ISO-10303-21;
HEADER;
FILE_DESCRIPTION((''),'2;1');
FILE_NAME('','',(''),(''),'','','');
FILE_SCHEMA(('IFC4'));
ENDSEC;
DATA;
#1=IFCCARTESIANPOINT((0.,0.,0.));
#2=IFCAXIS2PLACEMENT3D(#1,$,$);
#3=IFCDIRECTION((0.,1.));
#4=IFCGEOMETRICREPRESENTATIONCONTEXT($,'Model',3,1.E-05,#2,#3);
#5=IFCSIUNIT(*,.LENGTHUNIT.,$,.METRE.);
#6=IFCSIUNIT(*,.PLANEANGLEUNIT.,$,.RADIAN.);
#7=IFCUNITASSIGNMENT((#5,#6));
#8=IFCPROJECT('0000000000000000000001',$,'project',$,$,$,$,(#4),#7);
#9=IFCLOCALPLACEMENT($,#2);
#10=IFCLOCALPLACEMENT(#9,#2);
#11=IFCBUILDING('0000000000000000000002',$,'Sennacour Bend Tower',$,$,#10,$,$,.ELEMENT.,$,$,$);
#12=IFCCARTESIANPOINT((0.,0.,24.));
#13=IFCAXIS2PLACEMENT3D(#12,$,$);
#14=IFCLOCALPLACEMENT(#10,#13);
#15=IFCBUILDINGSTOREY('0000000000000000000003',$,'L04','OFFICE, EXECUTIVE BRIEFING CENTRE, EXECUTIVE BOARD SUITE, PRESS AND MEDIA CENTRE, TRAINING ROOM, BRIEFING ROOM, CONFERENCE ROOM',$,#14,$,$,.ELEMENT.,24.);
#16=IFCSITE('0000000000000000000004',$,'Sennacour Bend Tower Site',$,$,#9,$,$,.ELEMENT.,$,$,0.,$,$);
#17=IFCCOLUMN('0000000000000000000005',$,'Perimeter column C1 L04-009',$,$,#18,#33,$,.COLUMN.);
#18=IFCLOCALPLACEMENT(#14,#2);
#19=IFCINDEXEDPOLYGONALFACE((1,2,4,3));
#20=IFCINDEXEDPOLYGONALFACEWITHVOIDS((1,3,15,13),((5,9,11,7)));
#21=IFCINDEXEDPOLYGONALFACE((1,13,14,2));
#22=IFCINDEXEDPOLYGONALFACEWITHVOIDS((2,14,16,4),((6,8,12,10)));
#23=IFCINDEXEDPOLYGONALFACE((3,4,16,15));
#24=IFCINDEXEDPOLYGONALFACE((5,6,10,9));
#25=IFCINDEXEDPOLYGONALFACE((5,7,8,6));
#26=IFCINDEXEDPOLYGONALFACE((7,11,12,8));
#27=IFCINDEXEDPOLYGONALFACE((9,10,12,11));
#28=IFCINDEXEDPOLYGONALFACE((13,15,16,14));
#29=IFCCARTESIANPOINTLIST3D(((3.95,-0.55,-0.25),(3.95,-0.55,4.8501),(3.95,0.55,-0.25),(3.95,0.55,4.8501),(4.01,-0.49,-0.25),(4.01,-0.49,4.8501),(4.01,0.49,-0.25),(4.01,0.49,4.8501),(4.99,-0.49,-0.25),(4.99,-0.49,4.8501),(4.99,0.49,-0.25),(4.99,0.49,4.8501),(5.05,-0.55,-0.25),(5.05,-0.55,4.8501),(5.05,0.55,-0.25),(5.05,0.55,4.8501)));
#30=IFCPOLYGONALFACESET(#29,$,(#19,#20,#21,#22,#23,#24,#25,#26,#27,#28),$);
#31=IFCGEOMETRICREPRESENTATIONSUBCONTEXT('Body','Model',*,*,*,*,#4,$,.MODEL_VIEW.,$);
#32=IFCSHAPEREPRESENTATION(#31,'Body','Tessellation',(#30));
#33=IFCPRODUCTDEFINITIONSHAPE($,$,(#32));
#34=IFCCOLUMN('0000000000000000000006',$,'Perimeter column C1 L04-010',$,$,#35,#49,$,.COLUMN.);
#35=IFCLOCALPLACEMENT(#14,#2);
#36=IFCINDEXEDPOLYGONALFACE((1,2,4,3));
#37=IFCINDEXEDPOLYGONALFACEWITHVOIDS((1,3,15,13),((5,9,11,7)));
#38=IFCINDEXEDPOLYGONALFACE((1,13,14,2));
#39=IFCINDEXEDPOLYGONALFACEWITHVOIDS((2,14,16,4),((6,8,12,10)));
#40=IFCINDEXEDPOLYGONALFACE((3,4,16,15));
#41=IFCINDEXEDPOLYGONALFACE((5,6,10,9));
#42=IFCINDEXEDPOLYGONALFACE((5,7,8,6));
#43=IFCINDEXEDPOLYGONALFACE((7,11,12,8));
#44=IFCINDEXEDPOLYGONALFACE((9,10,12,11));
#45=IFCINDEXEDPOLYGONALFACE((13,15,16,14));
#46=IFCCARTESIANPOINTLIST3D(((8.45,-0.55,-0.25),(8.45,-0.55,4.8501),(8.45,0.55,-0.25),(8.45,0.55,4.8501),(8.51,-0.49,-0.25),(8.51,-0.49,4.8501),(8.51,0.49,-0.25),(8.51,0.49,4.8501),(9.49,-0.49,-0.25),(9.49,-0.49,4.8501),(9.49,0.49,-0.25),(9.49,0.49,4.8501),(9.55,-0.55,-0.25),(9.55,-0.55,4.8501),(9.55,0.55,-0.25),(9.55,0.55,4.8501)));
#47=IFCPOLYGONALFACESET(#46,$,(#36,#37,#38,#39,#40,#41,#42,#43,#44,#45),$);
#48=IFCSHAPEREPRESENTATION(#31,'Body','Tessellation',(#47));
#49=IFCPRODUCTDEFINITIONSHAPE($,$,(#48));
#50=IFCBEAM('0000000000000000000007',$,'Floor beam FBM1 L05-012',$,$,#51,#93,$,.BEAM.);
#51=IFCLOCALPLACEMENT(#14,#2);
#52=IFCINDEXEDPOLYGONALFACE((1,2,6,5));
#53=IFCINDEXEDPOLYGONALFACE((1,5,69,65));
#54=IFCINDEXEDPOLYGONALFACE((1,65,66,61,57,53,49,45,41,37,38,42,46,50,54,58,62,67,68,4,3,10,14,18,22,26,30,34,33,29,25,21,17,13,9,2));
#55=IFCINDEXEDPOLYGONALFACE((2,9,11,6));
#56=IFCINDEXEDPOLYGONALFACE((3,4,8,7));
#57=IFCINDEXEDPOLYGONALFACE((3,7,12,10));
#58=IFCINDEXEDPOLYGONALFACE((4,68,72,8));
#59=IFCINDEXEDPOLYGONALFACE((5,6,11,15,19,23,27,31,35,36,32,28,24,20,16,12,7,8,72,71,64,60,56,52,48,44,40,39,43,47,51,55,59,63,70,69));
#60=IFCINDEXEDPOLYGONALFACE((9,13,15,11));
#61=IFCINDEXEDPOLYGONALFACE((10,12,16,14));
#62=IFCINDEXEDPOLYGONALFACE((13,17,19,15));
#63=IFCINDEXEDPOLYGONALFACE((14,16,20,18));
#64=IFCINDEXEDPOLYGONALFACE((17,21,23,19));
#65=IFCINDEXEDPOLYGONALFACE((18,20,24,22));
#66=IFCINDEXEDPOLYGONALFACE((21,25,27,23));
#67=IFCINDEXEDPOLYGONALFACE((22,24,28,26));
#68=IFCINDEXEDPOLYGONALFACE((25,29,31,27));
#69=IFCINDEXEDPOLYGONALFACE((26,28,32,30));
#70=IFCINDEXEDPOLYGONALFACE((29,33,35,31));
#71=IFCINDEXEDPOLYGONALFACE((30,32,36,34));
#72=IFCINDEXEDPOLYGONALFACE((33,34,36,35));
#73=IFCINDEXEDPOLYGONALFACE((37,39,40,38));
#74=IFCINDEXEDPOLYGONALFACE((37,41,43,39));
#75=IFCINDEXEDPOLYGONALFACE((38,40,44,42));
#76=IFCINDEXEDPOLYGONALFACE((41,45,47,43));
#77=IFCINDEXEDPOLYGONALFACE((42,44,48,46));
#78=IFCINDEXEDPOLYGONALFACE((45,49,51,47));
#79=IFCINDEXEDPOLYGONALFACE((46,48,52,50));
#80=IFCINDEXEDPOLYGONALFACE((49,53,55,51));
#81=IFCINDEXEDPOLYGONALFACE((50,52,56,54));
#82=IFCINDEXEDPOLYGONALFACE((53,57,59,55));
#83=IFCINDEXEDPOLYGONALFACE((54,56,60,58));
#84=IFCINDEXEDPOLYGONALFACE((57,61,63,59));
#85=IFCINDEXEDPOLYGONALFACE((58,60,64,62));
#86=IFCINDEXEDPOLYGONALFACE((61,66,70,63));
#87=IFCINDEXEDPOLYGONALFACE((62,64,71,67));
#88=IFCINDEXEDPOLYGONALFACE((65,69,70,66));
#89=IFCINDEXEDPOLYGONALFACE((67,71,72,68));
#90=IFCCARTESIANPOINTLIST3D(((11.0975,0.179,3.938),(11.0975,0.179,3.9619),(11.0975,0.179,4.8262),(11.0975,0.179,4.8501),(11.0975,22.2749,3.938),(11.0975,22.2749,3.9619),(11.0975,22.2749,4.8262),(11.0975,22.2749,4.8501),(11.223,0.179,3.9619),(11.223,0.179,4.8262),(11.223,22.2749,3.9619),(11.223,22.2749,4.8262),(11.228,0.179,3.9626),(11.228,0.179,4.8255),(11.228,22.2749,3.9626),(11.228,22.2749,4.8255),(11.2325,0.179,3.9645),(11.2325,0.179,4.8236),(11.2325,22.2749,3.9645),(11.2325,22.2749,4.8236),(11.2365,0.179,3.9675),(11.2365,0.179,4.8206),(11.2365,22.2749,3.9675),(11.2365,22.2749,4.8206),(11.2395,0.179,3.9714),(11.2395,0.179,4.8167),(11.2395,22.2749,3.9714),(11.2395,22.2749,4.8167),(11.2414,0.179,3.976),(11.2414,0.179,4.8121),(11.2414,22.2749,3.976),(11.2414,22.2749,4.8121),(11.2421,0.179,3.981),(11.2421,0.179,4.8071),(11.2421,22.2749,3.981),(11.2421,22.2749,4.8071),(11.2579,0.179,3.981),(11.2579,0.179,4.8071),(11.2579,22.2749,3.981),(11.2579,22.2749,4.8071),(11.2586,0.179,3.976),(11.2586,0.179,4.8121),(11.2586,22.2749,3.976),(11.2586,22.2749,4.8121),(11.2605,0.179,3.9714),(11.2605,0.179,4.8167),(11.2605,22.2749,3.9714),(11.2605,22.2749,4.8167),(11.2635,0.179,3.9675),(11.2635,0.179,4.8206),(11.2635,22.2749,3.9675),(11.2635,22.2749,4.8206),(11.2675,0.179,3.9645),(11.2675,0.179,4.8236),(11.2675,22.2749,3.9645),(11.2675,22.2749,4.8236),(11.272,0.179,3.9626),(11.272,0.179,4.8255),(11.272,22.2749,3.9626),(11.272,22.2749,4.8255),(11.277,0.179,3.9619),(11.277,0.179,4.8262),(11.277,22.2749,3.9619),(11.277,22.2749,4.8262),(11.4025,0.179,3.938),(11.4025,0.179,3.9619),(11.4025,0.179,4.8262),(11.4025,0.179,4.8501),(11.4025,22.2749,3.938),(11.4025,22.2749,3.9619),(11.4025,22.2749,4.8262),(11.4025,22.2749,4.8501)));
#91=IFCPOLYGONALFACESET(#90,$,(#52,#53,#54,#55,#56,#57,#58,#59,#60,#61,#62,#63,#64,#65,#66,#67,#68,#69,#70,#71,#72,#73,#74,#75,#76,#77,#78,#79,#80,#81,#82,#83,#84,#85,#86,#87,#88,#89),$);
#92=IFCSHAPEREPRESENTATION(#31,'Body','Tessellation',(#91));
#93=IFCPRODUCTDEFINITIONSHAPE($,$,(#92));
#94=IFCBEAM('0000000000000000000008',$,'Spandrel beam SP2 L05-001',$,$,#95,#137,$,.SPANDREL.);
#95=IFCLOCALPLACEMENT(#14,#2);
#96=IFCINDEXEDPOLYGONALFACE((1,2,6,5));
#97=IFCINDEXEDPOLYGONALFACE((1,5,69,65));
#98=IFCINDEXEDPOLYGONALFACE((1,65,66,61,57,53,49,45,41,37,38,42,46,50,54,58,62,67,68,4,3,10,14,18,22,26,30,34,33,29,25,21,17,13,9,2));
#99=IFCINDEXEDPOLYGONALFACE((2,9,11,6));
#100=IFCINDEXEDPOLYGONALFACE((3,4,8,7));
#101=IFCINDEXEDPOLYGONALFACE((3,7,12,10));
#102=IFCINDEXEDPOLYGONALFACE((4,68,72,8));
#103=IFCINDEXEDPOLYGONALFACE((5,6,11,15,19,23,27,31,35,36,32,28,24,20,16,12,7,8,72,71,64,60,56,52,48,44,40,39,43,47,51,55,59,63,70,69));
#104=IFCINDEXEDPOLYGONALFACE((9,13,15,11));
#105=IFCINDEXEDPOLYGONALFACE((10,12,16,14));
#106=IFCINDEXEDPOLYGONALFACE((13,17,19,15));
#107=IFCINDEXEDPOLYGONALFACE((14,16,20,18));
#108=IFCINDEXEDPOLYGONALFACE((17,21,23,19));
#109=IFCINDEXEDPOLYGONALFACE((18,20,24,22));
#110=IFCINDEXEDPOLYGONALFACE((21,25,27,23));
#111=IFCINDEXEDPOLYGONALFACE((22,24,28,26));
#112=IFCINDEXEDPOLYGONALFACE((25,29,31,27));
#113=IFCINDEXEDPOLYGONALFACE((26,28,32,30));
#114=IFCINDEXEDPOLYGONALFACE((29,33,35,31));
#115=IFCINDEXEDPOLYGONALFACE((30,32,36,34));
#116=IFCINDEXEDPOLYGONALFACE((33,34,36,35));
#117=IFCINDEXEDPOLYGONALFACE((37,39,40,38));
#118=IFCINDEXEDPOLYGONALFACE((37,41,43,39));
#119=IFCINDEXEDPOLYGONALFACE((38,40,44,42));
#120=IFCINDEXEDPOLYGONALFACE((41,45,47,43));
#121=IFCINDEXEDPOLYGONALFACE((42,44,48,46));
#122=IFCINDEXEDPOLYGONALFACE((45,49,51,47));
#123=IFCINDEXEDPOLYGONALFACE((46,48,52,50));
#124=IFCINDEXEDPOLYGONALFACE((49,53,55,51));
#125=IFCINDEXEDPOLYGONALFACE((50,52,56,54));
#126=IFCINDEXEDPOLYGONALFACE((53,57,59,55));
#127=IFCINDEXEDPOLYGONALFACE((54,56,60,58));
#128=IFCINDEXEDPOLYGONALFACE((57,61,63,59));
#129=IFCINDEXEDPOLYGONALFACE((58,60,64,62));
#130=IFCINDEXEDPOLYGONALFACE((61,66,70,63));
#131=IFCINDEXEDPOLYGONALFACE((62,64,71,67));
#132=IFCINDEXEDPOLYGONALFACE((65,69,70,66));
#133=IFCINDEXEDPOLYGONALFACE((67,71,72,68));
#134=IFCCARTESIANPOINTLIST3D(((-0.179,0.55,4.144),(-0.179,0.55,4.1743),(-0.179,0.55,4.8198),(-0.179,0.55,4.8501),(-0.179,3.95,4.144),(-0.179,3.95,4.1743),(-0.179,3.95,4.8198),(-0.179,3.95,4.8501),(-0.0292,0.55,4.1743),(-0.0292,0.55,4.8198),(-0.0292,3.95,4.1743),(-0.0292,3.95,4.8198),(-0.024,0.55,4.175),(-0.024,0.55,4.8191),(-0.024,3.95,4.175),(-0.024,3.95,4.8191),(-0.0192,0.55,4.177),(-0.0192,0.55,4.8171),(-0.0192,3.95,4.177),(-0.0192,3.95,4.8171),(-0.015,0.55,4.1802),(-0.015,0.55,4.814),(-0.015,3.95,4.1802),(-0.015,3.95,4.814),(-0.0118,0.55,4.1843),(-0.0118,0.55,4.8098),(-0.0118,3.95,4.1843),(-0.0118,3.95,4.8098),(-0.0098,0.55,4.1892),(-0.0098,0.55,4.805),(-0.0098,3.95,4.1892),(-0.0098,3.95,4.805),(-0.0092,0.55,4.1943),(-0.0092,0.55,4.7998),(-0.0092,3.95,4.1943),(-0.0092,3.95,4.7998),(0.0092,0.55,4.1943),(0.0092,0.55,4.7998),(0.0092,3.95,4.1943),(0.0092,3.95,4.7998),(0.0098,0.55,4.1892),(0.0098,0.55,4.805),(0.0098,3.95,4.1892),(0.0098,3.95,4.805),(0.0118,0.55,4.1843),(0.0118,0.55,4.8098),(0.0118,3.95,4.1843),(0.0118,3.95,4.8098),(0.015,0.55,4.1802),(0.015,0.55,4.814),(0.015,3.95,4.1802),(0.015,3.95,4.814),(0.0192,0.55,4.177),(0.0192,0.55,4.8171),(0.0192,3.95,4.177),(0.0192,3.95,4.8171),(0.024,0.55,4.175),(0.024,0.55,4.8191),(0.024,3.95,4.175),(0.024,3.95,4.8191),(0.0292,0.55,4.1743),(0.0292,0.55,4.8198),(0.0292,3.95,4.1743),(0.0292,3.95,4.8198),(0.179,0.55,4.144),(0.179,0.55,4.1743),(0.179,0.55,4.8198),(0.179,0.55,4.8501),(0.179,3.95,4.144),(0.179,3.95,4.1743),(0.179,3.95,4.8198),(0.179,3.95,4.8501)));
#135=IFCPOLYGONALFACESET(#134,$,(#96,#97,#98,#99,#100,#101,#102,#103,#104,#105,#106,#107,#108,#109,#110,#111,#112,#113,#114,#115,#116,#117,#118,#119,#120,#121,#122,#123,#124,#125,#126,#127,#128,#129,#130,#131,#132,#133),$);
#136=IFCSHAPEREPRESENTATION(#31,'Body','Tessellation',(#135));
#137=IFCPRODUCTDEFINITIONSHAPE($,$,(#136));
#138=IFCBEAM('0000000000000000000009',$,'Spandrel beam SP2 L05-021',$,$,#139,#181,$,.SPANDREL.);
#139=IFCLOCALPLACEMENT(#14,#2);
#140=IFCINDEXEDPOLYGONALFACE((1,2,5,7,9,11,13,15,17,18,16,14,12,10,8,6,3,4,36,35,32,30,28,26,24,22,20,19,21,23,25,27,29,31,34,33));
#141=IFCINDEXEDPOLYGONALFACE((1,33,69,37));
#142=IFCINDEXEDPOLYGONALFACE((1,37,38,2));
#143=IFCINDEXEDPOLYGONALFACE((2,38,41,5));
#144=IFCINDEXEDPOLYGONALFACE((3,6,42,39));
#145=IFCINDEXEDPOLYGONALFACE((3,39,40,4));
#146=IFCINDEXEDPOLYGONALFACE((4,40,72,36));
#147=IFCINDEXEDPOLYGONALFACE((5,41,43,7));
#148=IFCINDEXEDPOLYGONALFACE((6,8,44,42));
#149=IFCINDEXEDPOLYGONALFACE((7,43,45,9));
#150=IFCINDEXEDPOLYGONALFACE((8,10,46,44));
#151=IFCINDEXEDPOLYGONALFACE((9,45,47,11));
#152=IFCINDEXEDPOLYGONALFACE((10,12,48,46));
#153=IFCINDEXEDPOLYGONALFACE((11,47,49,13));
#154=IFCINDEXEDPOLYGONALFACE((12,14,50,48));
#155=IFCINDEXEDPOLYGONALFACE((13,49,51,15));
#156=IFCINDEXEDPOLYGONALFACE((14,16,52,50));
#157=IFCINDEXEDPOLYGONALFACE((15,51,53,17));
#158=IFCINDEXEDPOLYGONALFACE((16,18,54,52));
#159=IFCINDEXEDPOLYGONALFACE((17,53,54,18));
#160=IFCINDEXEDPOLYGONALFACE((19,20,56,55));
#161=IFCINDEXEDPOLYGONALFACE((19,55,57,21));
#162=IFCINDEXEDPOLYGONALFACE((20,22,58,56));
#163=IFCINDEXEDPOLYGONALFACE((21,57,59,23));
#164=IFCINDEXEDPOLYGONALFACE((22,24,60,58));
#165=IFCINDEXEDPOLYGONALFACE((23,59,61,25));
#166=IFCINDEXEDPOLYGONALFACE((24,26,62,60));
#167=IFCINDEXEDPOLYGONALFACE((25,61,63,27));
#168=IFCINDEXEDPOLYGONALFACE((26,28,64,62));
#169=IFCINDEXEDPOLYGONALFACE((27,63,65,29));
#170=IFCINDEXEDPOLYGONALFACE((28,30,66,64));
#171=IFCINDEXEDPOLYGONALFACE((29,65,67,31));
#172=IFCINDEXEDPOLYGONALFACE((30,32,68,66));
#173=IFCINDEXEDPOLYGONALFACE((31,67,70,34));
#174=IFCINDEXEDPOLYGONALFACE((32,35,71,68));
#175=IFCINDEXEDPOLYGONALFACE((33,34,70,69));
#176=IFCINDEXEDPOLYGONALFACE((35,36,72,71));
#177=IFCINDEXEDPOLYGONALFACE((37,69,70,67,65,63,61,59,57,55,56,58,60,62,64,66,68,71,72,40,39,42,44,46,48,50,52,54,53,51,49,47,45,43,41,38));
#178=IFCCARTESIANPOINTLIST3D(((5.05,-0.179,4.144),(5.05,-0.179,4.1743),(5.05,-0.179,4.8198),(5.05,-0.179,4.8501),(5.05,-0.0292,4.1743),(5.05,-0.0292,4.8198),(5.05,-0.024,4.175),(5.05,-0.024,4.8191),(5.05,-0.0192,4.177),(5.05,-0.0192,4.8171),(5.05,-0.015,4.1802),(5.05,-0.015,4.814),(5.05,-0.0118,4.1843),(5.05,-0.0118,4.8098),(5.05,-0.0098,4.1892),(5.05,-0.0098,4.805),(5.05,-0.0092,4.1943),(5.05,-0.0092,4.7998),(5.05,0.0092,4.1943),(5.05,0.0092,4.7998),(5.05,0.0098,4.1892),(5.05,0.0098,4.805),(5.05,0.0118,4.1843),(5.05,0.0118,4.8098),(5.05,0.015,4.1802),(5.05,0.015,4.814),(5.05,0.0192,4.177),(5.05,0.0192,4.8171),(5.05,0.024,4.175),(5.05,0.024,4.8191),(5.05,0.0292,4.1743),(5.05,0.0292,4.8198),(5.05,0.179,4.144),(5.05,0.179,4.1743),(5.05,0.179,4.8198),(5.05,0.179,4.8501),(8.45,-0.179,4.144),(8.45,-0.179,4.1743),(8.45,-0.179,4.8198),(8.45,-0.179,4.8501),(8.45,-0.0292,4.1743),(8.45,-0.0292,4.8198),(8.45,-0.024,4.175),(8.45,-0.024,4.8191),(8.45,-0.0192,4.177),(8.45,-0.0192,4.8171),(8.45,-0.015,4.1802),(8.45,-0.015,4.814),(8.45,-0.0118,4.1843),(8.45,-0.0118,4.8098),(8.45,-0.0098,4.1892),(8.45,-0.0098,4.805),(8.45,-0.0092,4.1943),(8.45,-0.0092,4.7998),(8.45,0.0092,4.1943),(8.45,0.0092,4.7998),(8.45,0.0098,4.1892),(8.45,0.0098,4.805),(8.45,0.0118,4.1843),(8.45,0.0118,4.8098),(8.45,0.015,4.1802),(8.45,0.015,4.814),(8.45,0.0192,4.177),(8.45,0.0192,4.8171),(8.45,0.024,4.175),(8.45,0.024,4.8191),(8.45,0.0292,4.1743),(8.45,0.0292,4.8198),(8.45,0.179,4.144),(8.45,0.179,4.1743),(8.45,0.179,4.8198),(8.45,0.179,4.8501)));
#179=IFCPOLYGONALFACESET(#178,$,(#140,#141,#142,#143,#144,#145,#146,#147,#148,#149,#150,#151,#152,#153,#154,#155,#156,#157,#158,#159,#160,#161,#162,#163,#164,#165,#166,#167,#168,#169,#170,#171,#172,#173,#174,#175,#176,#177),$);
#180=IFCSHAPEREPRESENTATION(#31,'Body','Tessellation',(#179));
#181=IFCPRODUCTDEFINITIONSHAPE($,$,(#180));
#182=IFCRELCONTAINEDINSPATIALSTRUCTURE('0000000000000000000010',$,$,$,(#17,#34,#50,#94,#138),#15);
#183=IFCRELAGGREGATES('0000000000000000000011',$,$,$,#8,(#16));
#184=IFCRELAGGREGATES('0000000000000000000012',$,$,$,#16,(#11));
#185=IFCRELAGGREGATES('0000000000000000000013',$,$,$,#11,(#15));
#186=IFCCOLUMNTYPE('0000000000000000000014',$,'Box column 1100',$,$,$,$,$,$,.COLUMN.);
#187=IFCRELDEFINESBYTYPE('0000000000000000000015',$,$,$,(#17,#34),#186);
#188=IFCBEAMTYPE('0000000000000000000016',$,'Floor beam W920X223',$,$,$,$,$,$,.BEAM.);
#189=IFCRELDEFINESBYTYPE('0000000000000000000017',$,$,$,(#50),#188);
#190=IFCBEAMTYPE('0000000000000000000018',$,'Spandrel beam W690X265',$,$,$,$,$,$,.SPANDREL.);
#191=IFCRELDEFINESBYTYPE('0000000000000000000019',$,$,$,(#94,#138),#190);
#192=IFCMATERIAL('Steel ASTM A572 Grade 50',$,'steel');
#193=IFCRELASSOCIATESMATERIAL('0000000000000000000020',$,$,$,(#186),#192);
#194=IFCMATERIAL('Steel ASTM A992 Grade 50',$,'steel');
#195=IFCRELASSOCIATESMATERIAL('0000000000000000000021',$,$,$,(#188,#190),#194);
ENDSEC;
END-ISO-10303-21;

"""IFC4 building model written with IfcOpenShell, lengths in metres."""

from ifc_helpers import new_model, si_unit, direction, frame, origin, origin_2d, place, context, subcontext, project, spatial, hollow_rectangle, i_section, extrude, material, material_profile, profile_set, type_object, element, save


model = new_model("IFC4")

# Units and contexts
model_context = context("Model", 3, precision=1e-05, world=origin(), true_north=direction((0.0, 1.0)))
body_context = subcontext(model_context, "Body", "Model", "MODEL_VIEW")
ifc_project = project(units=[si_unit("LENGTHUNIT", "METRE"), si_unit("PLANEANGLEUNIT", "RADIAN")], contexts=[model_context])

# Site, building, storey
site_placement = place(None, origin())
site = spatial("IfcSite", under=ifc_project, at=site_placement, Name="Sennacour Bend Tower Site", CompositionType="ELEMENT", RefElevation=0.0)
building_placement = place(site_placement, origin())
building = spatial("IfcBuilding", under=site, at=building_placement, Name="Sennacour Bend Tower", CompositionType="ELEMENT")
storey_placement = place(building_placement, frame((0.0, 0.0, 24.0)))
storey = spatial("IfcBuildingStorey", under=building, at=storey_placement, Name="L04", Description="OFFICE, EXECUTIVE BRIEFING CENTRE, EXECUTIVE BOARD SUITE, PRESS AND MEDIA CENTRE, TRAINING ROOM, BRIEFING ROOM, CONFERENCE ROOM", CompositionType="ELEMENT", Elevation=24.0)

# Columns
ifc_material_1 = material(Name="Steel ASTM A572 Grade 50", Category="steel")
ifc_material_profile_1 = material_profile(ifc_material_1, hollow_rectangle(XDim=1.1001, YDim=1.1001, WallThickness=0.0601, at=origin_2d()), Name="Steel ASTM A572 Grade 50", Category="steel")
ifc_profile_set_1 = profile_set([ifc_material_profile_1], Name="Steel ASTM A572 Grade 50")
column_type = type_object("IfcColumnType", Name="Box column 1100", PredefinedType="COLUMN", material=ifc_profile_set_1)
for number, where, z_axis, x_axis, name in (
    (1, (4.5, 0.0, -0.25), (0.0, 0.0, 1.0), (1.0, 0.0, 0.0), "Perimeter column C1 L04-009"),
    (2, (9.0, 0.0, -0.25), (0.0, 0.0, 1.0), (1.0, 0.0, 0.0), "Perimeter column C1 L04-010"),
):
    element("IfcColumn", number, at=place(storey_placement, frame(where, z_axis=z_axis, x_axis=x_axis)), inside=storey, type_object=column_type, Name=name, PredefinedType="COLUMN", context=body_context, shape_type="SweptSolid", body=[
        extrude(hollow_rectangle(XDim=1.1001, YDim=1.1001, WallThickness=0.0601, at=origin_2d()), origin(), (0.0, 0.0, 1.0), 5.1001),
    ])

# Beams
ifc_material_2 = material(Name="Steel ASTM A992 Grade 50", Category="steel")
ifc_material_profile_2 = material_profile(ifc_material_2, i_section(OverallWidth=0.3049, OverallDepth=0.9121, WebThickness=0.0159, FlangeThickness=0.0239, FilletRadius=0.019, at=origin_2d()), Name="Steel ASTM A992 Grade 50", Category="steel")
ifc_profile_set_2 = profile_set([ifc_material_profile_2], Name="Steel ASTM A992 Grade 50")
beam_type_1 = type_object("IfcBeamType", Name="Floor beam W920X223", PredefinedType="BEAM", material=ifc_profile_set_2)
beam_placement = place(storey_placement, frame((11.25, 0.179, 4.394), z_axis=(0.0, 1.0, 0.0), x_axis=(-1.0, 0.0, 0.0)))
element("IfcBeam", 3, at=beam_placement, inside=storey, type_object=beam_type_1, Name="Floor beam FBM1 L05-012", PredefinedType="BEAM", context=body_context, shape_type="SweptSolid", body=[
    extrude(i_section(OverallWidth=0.3049, OverallDepth=0.9121, WebThickness=0.0159, FlangeThickness=0.0239, FilletRadius=0.019, at=origin_2d()), origin(), (0.0, 0.0, 1.0), 22.0959),
])
ifc_material_profile_3 = material_profile(ifc_material_2, i_section(OverallWidth=0.3579, OverallDepth=0.7061, WebThickness=0.0183, FlangeThickness=0.0303, FilletRadius=0.02, at=origin_2d()), Name="Steel ASTM A992 Grade 50", Category="steel")
ifc_profile_set_3 = profile_set([ifc_material_profile_3], Name="Steel ASTM A992 Grade 50")
beam_type_2 = type_object("IfcBeamType", Name="Spandrel beam W690X265", PredefinedType="SPANDREL", material=ifc_profile_set_3)
for number, where, z_axis, x_axis, name in (
    (4, (0.0, 0.55, 4.4971), (0.0, 1.0, 0.0), (-1.0, 0.0, 0.0), "Spandrel beam SP2 L05-001"),
    (5, (8.45, 0.0, 4.4971), (-1.0, 0.0, 0.0), (0.0, -1.0, 0.0), "Spandrel beam SP2 L05-021"),
):
    element("IfcBeam", number, at=place(storey_placement, frame(where, z_axis=z_axis, x_axis=x_axis)), inside=storey, type_object=beam_type_2, Name=name, PredefinedType="SPANDREL", context=body_context, shape_type="SweptSolid", body=[
        extrude(i_section(OverallWidth=0.3579, OverallDepth=0.7061, WebThickness=0.0183, FlangeThickness=0.0303, FilletRadius=0.02, at=origin_2d()), origin(), (0.0, 0.0, 1.0), 3.3999),
    ])

save(model, "model.ifc")
